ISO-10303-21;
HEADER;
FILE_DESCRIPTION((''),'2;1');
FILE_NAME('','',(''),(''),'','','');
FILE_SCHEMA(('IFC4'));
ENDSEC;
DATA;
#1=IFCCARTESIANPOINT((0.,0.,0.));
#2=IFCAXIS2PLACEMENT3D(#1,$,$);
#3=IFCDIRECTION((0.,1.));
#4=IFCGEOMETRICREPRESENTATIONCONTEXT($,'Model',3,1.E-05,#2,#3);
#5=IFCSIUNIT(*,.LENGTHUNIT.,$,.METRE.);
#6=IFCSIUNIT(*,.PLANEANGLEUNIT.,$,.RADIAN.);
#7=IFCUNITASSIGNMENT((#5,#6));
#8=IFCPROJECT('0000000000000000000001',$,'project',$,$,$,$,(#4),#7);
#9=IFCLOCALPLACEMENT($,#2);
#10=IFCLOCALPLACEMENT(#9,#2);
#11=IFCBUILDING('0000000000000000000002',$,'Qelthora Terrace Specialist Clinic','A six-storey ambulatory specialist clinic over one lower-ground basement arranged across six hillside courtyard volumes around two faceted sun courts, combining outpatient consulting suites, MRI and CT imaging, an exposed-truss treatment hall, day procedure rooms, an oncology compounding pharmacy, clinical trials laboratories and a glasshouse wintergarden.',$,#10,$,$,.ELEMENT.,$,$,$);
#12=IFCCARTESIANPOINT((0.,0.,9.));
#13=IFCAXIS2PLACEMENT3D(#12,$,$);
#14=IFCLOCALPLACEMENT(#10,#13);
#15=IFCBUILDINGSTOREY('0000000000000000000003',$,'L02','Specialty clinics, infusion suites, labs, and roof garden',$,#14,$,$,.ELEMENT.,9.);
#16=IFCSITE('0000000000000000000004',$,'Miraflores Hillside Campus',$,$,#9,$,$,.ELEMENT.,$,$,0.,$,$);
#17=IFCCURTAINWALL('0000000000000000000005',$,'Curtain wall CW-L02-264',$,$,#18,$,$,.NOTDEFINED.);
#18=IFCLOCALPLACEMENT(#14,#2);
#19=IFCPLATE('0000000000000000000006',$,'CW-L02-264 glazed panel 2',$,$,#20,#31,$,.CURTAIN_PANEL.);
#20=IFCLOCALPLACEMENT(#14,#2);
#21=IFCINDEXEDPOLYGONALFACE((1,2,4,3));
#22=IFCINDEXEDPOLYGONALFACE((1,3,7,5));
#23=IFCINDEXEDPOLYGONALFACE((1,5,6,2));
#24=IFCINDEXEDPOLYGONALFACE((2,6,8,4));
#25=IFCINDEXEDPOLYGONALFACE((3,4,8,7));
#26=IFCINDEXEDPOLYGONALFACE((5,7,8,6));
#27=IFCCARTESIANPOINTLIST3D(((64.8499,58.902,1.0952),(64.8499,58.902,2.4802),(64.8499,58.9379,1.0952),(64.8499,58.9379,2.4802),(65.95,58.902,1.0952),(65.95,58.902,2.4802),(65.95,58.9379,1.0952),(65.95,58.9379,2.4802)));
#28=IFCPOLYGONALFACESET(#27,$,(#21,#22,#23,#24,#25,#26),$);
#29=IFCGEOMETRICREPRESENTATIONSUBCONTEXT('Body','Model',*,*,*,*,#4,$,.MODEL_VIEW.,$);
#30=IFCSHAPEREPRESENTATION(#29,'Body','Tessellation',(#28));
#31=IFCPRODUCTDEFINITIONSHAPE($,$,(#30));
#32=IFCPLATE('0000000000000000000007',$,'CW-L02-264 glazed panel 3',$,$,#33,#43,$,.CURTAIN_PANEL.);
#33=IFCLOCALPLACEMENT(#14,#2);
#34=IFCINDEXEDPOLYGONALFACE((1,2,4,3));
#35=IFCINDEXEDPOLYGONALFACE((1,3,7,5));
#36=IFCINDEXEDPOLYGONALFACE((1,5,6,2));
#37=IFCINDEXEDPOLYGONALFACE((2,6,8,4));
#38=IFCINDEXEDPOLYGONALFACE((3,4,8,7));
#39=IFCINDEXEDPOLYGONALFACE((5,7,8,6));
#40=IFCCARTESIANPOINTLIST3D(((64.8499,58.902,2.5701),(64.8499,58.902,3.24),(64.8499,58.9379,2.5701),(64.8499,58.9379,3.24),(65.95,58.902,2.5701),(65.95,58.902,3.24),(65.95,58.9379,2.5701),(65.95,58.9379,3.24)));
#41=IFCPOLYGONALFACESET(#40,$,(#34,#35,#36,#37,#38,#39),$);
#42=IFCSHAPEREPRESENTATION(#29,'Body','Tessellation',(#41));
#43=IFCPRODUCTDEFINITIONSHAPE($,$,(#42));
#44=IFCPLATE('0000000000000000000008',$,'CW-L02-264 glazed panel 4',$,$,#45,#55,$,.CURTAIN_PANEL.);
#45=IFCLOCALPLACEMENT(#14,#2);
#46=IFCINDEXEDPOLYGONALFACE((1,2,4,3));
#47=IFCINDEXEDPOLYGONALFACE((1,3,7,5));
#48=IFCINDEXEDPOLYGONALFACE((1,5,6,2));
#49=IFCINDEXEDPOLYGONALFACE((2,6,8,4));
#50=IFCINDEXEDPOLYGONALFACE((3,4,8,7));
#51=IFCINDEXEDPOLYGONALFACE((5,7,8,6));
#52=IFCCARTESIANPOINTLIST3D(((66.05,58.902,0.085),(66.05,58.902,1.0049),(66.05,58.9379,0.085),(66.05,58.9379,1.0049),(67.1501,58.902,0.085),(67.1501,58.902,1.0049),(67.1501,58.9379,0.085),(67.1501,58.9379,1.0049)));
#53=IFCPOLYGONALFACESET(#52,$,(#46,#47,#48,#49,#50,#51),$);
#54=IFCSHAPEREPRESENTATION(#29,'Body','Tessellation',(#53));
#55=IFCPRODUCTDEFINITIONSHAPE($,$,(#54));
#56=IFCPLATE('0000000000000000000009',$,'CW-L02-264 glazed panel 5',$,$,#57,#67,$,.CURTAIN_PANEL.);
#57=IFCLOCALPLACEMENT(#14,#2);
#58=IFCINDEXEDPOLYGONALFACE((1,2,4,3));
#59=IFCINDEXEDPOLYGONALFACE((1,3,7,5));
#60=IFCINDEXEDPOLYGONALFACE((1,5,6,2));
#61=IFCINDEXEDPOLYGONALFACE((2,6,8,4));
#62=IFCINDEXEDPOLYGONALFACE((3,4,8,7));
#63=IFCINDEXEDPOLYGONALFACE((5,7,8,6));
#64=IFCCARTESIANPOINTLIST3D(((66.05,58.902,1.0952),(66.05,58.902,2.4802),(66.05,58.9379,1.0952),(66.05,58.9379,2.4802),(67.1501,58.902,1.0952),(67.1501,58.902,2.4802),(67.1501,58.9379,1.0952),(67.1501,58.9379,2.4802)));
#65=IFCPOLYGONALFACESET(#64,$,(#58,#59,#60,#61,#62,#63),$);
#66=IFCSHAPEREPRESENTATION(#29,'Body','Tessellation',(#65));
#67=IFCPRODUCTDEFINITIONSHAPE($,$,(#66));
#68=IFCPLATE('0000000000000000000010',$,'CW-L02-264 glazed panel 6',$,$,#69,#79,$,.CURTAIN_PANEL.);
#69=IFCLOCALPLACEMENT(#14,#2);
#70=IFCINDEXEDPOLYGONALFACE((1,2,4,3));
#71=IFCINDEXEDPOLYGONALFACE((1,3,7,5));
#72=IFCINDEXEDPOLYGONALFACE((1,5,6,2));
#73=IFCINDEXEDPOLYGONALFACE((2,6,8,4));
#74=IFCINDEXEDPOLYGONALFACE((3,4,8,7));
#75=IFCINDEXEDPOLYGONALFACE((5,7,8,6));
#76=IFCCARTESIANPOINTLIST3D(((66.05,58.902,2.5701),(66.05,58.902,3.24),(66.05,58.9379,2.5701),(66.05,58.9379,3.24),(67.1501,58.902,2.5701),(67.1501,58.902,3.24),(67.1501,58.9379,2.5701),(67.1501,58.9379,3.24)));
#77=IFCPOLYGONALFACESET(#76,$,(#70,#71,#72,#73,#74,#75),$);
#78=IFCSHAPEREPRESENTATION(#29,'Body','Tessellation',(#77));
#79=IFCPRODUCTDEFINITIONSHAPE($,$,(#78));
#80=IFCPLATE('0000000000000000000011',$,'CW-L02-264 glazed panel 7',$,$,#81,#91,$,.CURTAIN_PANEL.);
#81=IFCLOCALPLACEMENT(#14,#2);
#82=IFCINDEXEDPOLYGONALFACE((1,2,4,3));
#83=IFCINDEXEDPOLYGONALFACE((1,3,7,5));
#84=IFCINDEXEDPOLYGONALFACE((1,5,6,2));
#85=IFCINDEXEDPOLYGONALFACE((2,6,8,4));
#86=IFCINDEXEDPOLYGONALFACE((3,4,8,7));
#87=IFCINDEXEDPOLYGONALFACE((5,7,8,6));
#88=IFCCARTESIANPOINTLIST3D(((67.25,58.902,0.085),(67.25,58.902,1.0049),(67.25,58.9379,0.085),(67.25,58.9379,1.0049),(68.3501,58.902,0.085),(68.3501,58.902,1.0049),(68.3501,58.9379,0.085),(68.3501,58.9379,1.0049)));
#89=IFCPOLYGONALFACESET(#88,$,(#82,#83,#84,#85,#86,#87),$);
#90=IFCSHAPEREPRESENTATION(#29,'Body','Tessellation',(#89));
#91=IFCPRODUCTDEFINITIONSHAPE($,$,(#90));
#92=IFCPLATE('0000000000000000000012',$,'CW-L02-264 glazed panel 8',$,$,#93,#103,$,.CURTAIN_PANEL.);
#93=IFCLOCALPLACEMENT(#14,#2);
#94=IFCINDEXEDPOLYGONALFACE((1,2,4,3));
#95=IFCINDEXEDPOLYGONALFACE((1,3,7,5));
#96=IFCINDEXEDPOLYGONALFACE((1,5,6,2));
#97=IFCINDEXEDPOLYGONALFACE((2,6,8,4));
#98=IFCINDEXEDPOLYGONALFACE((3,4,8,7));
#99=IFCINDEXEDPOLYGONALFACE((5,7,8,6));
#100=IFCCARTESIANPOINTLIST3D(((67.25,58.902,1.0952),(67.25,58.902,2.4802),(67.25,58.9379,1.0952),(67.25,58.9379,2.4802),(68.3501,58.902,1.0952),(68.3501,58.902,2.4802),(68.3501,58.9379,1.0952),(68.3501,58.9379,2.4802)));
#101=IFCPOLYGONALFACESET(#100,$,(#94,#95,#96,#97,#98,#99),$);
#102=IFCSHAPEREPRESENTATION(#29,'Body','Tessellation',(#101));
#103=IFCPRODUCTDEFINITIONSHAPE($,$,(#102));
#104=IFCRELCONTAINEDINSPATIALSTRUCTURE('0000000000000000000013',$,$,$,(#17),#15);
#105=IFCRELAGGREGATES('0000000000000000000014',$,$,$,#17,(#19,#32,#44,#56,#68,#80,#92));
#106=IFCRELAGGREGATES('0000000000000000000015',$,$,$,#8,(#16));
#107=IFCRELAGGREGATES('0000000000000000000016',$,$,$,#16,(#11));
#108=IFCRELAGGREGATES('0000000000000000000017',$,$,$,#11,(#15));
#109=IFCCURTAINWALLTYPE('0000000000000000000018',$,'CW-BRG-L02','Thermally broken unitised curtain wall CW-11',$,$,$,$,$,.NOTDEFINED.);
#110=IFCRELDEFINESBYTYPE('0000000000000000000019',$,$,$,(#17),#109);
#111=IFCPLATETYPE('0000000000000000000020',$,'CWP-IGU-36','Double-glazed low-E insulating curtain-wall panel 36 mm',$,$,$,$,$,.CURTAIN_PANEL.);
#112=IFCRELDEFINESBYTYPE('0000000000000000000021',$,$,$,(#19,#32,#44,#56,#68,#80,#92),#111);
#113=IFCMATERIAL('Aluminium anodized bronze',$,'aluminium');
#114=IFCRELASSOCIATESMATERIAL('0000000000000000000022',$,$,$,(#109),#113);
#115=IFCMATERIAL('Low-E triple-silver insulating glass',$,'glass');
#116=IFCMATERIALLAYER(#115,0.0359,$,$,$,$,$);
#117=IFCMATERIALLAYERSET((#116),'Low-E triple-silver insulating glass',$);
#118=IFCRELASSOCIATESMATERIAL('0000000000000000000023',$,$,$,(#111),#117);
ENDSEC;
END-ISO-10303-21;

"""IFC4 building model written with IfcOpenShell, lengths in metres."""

from ifc_helpers import new_model, si_unit, direction, frame, origin, origin_2d, place, context, subcontext, project, spatial, rectangle, extrude, material, layer, layer_set, type_object, element, aggregate, save


model = new_model("IFC4")

# Units and contexts
model_context = context("Model", 3, precision=1e-05, world=origin(), true_north=direction((0.0, 1.0)))
body_context = subcontext(model_context, "Body", "Model", "MODEL_VIEW")
ifc_project = project(units=[si_unit("LENGTHUNIT", "METRE"), si_unit("PLANEANGLEUNIT", "RADIAN")], contexts=[model_context])

# Site, building, storey
site_placement = place(None, origin())
site = spatial("IfcSite", under=ifc_project, at=site_placement, Name="Miraflores Hillside Campus", CompositionType="ELEMENT", RefElevation=0.0)
building_placement = place(site_placement, origin())
building = spatial("IfcBuilding", under=site, at=building_placement, Name="Qelthora Terrace Specialist Clinic", Description="A six-storey ambulatory specialist clinic over one lower-ground basement arranged across six hillside courtyard volumes around two faceted sun courts, combining outpatient consulting suites, MRI and CT imaging, an exposed-truss treatment hall, day procedure rooms, an oncology compounding pharmacy, clinical trials laboratories and a glasshouse wintergarden.", CompositionType="ELEMENT")
storey_placement = place(building_placement, frame((0.0, 0.0, 9.0)))
storey = spatial("IfcBuildingStorey", under=building, at=storey_placement, Name="L02", Description="Specialty clinics, infusion suites, labs, and roof garden", CompositionType="ELEMENT", Elevation=9.0)

# Curtain wall
ifc_material_1 = material(Name="Aluminium anodized bronze", Category="aluminium")
curtain_wall_type = type_object("IfcCurtainWallType", Name="CW-BRG-L02", Description="Thermally broken unitised curtain wall CW-11", PredefinedType="NOTDEFINED", material=ifc_material_1)
curtain_wall_1_placement = place(storey_placement, origin())
curtain_wall_1 = element("IfcCurtainWall", 1, at=curtain_wall_1_placement, inside=storey, type_object=curtain_wall_type, Name="Curtain wall CW-L02-264", PredefinedType="NOTDEFINED")

# Plates
ifc_material_2 = material(Name="Low-E triple-silver insulating glass", Category="glass")
ifc_layer = layer(ifc_material_2, 0.0359)
ifc_layer_set = layer_set([ifc_layer], Name="Low-E triple-silver insulating glass")
plate_type = type_object("IfcPlateType", Name="CWP-IGU-36", Description="Double-glazed low-E insulating curtain-wall panel 36 mm", PredefinedType="CURTAIN_PANEL", material=ifc_layer_set)
plate_1_placement = place(storey_placement, frame((65.3999, 58.9199, 1.0952), z_axis=(0.0, 0.0, 1.0), x_axis=(1.0, 0.0, 0.0)))
plate_1 = element("IfcPlate", 2, at=plate_1_placement, type_object=plate_type, Name="CW-L02-264 glazed panel 2", PredefinedType="CURTAIN_PANEL", context=body_context, shape_type="SweptSolid", body=[
    extrude(rectangle(XDim=1.1001, YDim=0.0359, at=origin_2d()), origin(), (0.0, 0.0, 1.0), 1.385),
])
plate_2_placement = place(storey_placement, frame((65.3999, 58.9199, 2.5701), z_axis=(0.0, 0.0, 1.0), x_axis=(1.0, 0.0, 0.0)))
plate_2 = element("IfcPlate", 3, at=plate_2_placement, type_object=plate_type, Name="CW-L02-264 glazed panel 3", PredefinedType="CURTAIN_PANEL", context=body_context, shape_type="SweptSolid", body=[
    extrude(rectangle(XDim=1.1001, YDim=0.0359, at=origin_2d()), origin(), (0.0, 0.0, 1.0), 0.6699),
])
plate_3_placement = place(storey_placement, frame((66.6001, 58.9199, 0.085), z_axis=(0.0, 0.0, 1.0), x_axis=(1.0, 0.0, 0.0)))
plate_3 = element("IfcPlate", 4, at=plate_3_placement, type_object=plate_type, Name="CW-L02-264 glazed panel 4", PredefinedType="CURTAIN_PANEL", context=body_context, shape_type="SweptSolid", body=[
    extrude(rectangle(XDim=1.1001, YDim=0.0359, at=origin_2d()), origin(), (0.0, 0.0, 1.0), 0.9199),
])
plate_4_placement = place(storey_placement, frame((66.6001, 58.9199, 1.0952), z_axis=(0.0, 0.0, 1.0), x_axis=(1.0, 0.0, 0.0)))
plate_4 = element("IfcPlate", 5, at=plate_4_placement, type_object=plate_type, Name="CW-L02-264 glazed panel 5", PredefinedType="CURTAIN_PANEL", context=body_context, shape_type="SweptSolid", body=[
    extrude(rectangle(XDim=1.1001, YDim=0.0359, at=origin_2d()), origin(), (0.0, 0.0, 1.0), 1.385),
])
plate_5_placement = place(storey_placement, frame((66.6001, 58.9199, 2.5701), z_axis=(0.0, 0.0, 1.0), x_axis=(1.0, 0.0, 0.0)))
plate_5 = element("IfcPlate", 6, at=plate_5_placement, type_object=plate_type, Name="CW-L02-264 glazed panel 6", PredefinedType="CURTAIN_PANEL", context=body_context, shape_type="SweptSolid", body=[
    extrude(rectangle(XDim=1.1001, YDim=0.0359, at=origin_2d()), origin(), (0.0, 0.0, 1.0), 0.6699),
])
plate_6_placement = place(storey_placement, frame((67.8, 58.9199, 0.085), z_axis=(0.0, 0.0, 1.0), x_axis=(1.0, 0.0, 0.0)))
plate_6 = element("IfcPlate", 7, at=plate_6_placement, type_object=plate_type, Name="CW-L02-264 glazed panel 7", PredefinedType="CURTAIN_PANEL", context=body_context, shape_type="SweptSolid", body=[
    extrude(rectangle(XDim=1.1001, YDim=0.0359, at=origin_2d()), origin(), (0.0, 0.0, 1.0), 0.9199),
])
plate_7_placement = place(storey_placement, frame((67.8, 58.9199, 1.0952), z_axis=(0.0, 0.0, 1.0), x_axis=(1.0, 0.0, 0.0)))
plate_7 = element("IfcPlate", 8, at=plate_7_placement, type_object=plate_type, Name="CW-L02-264 glazed panel 8", PredefinedType="CURTAIN_PANEL", context=body_context, shape_type="SweptSolid", body=[
    extrude(rectangle(XDim=1.1001, YDim=0.0359, at=origin_2d()), origin(), (0.0, 0.0, 1.0), 1.385),
])
aggregate(curtain_wall_1, [plate_1, plate_2, plate_3, plate_4, plate_5, plate_6, plate_7])

save(model, "model.ifc")
